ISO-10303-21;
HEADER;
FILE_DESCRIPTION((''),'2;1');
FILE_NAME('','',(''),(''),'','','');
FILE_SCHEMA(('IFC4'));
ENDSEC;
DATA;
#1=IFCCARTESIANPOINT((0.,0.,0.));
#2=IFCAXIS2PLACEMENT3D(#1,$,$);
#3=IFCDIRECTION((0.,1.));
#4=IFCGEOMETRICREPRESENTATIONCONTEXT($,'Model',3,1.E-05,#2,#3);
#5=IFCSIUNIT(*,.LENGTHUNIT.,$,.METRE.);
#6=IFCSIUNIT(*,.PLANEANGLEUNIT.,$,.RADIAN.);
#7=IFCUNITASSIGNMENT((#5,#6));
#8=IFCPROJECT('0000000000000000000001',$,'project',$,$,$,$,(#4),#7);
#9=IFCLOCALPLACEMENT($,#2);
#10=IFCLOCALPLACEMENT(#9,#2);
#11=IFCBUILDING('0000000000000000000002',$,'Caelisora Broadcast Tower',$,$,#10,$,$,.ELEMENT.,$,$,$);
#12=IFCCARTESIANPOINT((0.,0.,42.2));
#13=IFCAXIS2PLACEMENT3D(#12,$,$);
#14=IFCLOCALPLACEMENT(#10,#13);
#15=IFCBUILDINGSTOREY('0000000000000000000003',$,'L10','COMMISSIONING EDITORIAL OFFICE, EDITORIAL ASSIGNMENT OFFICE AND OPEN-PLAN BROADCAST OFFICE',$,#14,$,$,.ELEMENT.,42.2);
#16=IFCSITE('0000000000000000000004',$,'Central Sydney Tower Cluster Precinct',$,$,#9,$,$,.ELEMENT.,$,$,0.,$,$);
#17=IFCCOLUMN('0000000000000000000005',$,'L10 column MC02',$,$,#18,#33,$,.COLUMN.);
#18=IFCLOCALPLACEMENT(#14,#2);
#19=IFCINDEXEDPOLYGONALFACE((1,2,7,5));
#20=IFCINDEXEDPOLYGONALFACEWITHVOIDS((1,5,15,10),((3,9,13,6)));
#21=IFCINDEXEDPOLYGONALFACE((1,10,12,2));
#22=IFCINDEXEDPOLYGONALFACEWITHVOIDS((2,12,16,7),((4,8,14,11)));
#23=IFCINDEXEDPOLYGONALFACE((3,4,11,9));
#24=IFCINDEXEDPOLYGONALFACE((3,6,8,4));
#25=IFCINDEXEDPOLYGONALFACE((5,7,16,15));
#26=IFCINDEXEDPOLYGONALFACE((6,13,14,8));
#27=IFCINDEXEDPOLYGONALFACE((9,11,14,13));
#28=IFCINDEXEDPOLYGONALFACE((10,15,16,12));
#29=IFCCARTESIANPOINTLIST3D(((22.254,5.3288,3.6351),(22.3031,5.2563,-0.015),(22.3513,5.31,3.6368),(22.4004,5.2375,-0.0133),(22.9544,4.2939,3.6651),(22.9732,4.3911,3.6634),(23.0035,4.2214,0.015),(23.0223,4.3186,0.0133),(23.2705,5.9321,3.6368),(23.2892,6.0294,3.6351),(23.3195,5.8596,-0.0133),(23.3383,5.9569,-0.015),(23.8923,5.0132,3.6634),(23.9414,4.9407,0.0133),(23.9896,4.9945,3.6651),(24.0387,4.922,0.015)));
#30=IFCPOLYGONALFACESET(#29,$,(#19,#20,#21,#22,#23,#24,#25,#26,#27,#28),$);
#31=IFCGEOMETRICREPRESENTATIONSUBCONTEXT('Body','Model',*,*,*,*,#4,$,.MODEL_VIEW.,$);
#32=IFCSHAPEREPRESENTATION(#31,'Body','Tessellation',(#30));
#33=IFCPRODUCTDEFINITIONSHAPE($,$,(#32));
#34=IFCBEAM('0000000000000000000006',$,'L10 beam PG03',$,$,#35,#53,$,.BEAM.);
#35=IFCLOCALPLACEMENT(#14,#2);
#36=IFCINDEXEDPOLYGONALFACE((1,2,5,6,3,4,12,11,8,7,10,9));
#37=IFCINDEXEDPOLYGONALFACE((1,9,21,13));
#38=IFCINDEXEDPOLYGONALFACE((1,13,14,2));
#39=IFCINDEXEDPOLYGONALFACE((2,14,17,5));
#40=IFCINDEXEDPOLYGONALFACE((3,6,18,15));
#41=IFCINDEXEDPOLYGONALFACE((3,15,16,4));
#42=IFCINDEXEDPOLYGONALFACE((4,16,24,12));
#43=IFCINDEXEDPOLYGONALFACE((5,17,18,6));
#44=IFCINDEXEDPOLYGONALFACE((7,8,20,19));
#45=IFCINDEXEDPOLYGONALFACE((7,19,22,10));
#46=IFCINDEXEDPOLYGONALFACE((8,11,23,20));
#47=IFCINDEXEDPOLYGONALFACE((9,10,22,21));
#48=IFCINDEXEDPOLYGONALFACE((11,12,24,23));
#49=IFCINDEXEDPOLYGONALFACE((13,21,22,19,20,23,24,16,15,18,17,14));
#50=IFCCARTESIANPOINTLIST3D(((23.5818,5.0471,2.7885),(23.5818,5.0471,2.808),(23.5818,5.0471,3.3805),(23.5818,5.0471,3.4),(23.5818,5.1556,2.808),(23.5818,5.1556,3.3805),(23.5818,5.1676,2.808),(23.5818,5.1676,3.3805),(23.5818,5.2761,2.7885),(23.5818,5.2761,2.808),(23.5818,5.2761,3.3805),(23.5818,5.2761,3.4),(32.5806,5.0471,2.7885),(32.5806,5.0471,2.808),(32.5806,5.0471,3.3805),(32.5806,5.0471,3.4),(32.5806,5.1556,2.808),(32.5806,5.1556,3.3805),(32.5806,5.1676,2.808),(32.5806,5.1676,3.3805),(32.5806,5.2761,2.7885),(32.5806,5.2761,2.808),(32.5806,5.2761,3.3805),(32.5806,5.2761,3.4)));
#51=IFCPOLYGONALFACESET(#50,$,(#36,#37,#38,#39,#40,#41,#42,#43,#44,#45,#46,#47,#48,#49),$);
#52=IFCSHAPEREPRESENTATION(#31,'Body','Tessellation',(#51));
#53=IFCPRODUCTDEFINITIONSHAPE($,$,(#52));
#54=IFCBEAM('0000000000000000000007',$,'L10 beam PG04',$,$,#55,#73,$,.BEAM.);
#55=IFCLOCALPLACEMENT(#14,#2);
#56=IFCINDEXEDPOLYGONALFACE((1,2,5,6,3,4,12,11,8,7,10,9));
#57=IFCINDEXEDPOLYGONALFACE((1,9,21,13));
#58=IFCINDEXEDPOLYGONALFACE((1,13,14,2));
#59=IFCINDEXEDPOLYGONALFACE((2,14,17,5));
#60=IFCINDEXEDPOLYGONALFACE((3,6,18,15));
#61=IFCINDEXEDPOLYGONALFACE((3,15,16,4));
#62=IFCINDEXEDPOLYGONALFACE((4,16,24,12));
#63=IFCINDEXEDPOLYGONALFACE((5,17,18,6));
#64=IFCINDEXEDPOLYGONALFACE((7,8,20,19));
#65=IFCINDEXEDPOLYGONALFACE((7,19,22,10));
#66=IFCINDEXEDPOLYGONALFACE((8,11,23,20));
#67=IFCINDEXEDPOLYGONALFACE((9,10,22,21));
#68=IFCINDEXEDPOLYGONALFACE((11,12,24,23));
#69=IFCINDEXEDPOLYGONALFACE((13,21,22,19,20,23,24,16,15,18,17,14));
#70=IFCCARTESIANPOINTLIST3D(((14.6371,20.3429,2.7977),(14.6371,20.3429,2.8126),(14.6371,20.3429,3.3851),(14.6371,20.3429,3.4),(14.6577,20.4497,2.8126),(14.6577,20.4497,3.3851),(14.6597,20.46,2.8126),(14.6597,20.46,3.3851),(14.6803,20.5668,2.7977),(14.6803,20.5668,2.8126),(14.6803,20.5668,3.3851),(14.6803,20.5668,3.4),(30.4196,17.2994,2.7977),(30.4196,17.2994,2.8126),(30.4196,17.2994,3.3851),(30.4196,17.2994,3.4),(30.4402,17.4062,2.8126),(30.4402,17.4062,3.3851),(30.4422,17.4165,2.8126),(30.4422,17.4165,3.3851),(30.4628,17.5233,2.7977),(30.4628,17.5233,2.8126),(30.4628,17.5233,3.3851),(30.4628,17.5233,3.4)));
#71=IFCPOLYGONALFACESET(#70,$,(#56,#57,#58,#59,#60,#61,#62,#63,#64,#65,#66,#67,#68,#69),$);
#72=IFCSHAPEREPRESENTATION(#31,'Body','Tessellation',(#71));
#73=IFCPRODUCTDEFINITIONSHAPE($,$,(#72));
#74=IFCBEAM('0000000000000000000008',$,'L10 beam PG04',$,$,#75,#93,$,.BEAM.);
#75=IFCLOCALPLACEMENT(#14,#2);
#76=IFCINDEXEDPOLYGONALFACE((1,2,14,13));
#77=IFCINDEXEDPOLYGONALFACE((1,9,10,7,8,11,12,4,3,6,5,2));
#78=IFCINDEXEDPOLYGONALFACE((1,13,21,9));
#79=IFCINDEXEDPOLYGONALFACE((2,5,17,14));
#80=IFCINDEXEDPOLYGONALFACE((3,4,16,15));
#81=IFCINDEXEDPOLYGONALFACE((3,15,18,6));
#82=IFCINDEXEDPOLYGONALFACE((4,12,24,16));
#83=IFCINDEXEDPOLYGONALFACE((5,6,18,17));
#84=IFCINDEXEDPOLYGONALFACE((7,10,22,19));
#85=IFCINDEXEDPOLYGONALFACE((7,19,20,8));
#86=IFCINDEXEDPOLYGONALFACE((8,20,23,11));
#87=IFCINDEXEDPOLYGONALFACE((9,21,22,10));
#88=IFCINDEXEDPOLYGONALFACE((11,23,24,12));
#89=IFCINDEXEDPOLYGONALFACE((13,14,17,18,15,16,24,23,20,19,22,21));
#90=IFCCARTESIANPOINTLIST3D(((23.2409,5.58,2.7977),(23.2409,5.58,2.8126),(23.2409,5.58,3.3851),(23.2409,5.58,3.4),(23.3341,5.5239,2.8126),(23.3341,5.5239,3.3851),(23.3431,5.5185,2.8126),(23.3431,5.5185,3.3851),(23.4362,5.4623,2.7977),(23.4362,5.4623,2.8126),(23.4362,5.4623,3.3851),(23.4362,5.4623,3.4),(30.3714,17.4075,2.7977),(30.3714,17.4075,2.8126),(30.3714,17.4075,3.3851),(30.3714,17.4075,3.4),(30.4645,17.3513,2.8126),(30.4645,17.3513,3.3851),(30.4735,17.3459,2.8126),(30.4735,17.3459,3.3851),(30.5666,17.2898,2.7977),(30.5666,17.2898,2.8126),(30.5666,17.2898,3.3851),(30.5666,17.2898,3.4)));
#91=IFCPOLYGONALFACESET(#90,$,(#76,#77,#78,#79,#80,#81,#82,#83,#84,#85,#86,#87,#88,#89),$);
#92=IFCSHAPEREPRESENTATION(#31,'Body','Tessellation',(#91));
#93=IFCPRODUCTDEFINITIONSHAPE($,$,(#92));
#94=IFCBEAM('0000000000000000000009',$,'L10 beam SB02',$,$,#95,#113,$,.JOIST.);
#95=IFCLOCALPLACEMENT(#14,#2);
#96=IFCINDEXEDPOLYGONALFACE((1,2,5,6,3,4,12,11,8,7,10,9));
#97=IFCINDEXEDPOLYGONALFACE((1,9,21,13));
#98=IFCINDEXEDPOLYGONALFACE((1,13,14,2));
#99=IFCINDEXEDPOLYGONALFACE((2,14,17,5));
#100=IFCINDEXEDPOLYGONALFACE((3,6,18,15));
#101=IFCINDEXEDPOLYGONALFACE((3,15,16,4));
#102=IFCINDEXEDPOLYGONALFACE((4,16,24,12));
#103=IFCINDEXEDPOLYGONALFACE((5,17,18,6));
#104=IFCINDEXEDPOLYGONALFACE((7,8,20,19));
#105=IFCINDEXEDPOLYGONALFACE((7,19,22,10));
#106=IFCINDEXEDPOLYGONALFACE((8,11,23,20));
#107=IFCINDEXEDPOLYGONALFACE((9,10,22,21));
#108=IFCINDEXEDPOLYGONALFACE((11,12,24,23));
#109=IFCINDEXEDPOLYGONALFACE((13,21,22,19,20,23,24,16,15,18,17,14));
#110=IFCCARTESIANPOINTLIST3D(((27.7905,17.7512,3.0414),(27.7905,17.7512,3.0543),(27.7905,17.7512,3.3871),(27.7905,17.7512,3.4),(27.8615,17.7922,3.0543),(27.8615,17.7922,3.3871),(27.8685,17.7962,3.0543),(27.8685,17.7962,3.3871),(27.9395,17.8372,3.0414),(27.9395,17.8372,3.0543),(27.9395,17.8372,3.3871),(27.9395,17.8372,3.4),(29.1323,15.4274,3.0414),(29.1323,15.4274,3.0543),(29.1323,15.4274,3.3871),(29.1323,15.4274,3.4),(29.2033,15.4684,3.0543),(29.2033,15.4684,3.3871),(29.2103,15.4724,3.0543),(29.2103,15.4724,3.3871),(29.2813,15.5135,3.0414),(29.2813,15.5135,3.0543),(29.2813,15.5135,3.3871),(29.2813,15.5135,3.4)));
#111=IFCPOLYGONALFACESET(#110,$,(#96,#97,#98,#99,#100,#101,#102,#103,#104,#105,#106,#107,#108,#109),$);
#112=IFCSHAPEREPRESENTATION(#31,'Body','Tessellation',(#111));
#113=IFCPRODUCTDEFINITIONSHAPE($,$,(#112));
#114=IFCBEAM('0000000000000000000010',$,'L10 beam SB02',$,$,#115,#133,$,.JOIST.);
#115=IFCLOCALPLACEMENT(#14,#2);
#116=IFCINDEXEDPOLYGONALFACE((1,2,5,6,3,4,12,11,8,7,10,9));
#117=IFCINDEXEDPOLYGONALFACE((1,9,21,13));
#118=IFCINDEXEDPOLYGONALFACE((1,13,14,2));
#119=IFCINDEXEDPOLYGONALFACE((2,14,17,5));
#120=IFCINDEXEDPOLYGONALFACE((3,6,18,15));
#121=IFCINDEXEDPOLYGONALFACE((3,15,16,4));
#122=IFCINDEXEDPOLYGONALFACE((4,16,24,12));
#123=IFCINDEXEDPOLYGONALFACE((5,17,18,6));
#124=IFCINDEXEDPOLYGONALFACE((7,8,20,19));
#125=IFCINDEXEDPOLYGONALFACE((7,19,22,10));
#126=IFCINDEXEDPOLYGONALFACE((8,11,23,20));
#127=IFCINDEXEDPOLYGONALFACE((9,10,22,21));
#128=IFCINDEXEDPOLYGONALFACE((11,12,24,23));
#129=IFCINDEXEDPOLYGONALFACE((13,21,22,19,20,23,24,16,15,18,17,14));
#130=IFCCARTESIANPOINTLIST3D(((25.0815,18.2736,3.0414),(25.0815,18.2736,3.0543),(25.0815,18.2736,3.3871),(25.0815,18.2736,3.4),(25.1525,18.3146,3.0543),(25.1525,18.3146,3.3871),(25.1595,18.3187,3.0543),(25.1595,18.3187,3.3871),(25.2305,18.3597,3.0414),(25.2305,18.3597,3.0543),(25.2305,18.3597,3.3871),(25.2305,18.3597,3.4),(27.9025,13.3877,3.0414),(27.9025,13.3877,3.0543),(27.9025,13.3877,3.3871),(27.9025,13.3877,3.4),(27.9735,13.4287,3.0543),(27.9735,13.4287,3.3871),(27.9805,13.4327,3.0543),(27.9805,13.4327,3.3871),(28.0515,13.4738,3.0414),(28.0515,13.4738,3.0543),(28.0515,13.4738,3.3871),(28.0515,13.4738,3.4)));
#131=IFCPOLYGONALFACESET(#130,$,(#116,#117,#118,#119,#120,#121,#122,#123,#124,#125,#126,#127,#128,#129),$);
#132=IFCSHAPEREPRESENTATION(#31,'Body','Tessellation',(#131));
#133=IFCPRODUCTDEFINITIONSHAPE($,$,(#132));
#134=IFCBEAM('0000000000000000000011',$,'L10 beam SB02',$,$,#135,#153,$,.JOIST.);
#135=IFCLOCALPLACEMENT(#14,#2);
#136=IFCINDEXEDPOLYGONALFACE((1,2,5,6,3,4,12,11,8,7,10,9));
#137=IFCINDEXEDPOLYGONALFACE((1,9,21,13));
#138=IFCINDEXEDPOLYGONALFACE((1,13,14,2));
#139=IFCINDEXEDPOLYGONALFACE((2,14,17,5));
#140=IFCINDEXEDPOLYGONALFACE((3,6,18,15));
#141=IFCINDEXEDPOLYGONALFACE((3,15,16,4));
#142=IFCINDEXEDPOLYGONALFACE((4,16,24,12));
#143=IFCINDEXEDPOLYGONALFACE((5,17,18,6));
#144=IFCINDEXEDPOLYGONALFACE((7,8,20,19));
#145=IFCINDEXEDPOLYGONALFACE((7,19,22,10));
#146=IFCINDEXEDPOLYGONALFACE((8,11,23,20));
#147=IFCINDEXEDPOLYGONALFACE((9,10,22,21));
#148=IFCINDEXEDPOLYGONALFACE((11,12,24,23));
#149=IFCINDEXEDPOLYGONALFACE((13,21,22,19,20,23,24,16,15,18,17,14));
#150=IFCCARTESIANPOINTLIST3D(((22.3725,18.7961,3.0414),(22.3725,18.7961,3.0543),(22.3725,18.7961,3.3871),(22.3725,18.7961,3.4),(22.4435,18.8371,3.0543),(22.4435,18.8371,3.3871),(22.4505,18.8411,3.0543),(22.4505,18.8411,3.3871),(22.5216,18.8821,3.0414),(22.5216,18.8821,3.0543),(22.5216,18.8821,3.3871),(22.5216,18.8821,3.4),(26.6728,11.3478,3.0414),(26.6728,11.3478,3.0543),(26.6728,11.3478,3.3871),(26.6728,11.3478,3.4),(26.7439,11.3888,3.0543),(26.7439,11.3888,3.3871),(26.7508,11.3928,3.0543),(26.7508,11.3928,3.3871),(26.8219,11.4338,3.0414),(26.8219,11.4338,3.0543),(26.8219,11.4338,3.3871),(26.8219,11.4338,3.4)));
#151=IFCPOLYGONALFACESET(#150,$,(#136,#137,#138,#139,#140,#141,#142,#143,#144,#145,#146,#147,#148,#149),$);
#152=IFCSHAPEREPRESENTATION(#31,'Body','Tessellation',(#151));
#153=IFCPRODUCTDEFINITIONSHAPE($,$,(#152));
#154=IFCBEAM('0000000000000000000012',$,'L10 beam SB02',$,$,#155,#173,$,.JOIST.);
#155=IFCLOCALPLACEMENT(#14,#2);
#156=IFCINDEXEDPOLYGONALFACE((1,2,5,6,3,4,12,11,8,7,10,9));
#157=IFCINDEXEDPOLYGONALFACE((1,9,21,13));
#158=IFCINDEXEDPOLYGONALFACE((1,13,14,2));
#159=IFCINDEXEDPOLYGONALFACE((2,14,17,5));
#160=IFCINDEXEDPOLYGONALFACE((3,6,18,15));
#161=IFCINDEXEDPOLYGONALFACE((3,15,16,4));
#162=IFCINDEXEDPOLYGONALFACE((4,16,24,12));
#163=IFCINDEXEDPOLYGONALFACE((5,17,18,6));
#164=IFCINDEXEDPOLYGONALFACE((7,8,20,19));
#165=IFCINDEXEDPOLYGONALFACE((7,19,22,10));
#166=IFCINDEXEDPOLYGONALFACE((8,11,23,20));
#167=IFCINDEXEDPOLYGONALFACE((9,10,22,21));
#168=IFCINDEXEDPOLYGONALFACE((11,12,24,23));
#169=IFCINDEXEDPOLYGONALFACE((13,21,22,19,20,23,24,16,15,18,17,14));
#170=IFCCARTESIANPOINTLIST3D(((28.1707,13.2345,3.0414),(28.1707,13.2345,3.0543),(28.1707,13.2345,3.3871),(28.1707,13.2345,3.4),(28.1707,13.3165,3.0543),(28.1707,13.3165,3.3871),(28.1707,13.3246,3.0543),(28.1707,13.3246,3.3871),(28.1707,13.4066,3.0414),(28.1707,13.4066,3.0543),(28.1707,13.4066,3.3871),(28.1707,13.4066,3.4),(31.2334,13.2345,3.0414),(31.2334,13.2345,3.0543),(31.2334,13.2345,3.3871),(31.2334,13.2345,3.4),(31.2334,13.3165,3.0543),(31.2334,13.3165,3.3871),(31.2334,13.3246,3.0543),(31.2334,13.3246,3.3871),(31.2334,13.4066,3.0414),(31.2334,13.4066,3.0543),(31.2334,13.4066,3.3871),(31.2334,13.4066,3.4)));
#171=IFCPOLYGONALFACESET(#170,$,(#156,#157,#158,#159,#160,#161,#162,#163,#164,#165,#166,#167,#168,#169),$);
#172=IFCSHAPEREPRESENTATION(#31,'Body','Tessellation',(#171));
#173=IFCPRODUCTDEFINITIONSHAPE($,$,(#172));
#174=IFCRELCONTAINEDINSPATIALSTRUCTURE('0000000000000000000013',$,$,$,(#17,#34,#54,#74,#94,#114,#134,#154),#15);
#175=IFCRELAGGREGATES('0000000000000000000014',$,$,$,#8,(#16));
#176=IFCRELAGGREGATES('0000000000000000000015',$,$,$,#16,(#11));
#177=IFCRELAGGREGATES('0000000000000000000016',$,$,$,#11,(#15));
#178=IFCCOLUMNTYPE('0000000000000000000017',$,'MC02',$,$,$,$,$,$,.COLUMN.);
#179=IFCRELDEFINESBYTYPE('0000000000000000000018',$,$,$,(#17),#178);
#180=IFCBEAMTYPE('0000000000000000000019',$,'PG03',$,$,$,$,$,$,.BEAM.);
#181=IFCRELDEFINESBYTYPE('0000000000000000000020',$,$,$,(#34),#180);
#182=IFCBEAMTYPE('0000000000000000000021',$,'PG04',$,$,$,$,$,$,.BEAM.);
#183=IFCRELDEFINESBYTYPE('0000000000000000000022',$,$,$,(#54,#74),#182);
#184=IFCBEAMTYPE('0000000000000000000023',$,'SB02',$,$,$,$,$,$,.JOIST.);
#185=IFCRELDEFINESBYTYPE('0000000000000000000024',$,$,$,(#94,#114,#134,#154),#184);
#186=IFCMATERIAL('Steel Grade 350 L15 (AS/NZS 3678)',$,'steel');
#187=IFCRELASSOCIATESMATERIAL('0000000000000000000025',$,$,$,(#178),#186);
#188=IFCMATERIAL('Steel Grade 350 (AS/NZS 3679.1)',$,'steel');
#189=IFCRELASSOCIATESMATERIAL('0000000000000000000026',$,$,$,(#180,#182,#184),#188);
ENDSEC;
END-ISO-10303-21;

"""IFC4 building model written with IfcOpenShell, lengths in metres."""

from ifc_helpers import new_model, si_unit, direction, frame, origin, origin_2d, place, context, subcontext, project, spatial, hollow_rectangle, i_section, extrude, source, transform, mapped, material, material_profile, profile_set, type_object, type_shapes, element, save


model = new_model("IFC4")

# Units and contexts
model_context = context("Model", 3, precision=1e-05, world=origin(), true_north=direction((0.0, 1.0)))
body_context = subcontext(model_context, "Body", "Model", "MODEL_VIEW")
ifc_project = project(units=[si_unit("LENGTHUNIT", "METRE"), si_unit("PLANEANGLEUNIT", "RADIAN")], contexts=[model_context])

# Site, building, storey
site_placement = place(None, origin())
site = spatial("IfcSite", under=ifc_project, at=site_placement, Name="Central Sydney Tower Cluster Precinct", CompositionType="ELEMENT", RefElevation=0.0)
building_placement = place(site_placement, origin())
building = spatial("IfcBuilding", under=site, at=building_placement, Name="Caelisora Broadcast Tower", CompositionType="ELEMENT")
storey_placement = place(building_placement, frame((0.0, 0.0, 42.2)))
storey = spatial("IfcBuildingStorey", under=building, at=storey_placement, Name="L10", Description="COMMISSIONING EDITORIAL OFFICE, EDITORIAL ASSIGNMENT OFFICE AND OPEN-PLAN BROADCAST OFFICE", CompositionType="ELEMENT", Elevation=42.2)

# Column
ifc_material_1 = material(Name="Steel Grade 350 L15 (AS/NZS 3678)", Category="steel")
ifc_material_profile_1 = material_profile(ifc_material_1, hollow_rectangle(XDim=1.25, YDim=1.25, WallThickness=0.0701, at=origin_2d()), Name="Steel Grade 350 L15 (AS/NZS 3678)")
ifc_profile_set_1 = profile_set([ifc_material_profile_1], Name="Steel Grade 350 L15 (AS/NZS 3678)")
column_type = type_object("IfcColumnType", Name="MC02", PredefinedType="COLUMN", material=ifc_profile_set_1)
shared_shape_1 = source(origin(), body_context, "Body", "SweptSolid", [
    extrude(hollow_rectangle(XDim=1.25, YDim=1.25, WallThickness=0.0701, at=origin_2d()), origin(), (0.0, 0.0, 1.0), 3.6511),
])
type_shapes(column_type, [shared_shape_1])
column_placement = place(storey_placement, frame((23.1709, 5.0891, 0.0), z_axis=(-0.01344, 0.019859, 0.999712), x_axis=(-0.828169, -0.560478, 0.0)))
element("IfcColumn", 1, at=column_placement, inside=storey, type_object=column_type, Name="L10 column MC02", PredefinedType="COLUMN", context=body_context, shape_type="MappedRepresentation", body=[
    mapped(shared_shape_1, transform((0.0, 0.0, 0.0), scale=1.0)),
])

# Beams
ifc_material_2 = material(Name="Steel Grade 350 (AS/NZS 3679.1)", Category="steel")
ifc_material_profile_2 = material_profile(ifc_material_2, i_section(OverallWidth=0.229, OverallDepth=0.6116, WebThickness=0.012, FlangeThickness=0.0195, at=origin_2d()), Name="Steel Grade 350 (AS/NZS 3679.1)")
ifc_profile_set_2 = profile_set([ifc_material_profile_2], Name="Steel Grade 350 (AS/NZS 3679.1)")
beam_type_1 = type_object("IfcBeamType", Name="PG03", PredefinedType="BEAM", material=ifc_profile_set_2)
shared_shape_2 = source(origin(), body_context, "Body", "SweptSolid", [
    extrude(i_section(OverallWidth=0.229, OverallDepth=0.6116, WebThickness=0.012, FlangeThickness=0.0195, at=origin_2d()), origin(), (0.0, 0.0, 1.0), 8.9988),
])
type_shapes(beam_type_1, [shared_shape_2])
beam_1_placement = place(storey_placement, frame((23.5818, 5.1616, 3.0942), z_axis=(1.0, 0.0, 0.0), x_axis=(0.0, 1.0, 0.0)))
element("IfcBeam", 2, at=beam_1_placement, inside=storey, type_object=beam_type_1, Name="L10 beam PG03", PredefinedType="BEAM", context=body_context, shape_type="MappedRepresentation", body=[
    mapped(shared_shape_2, transform((0.0, 0.0, 0.0), scale=1.0)),
])
ifc_material_profile_3 = material_profile(ifc_material_2, i_section(OverallWidth=0.228, OverallDepth=0.6023, WebThickness=0.0105, FlangeThickness=0.0149, at=origin_2d()), Name="Steel Grade 350 (AS/NZS 3679.1)")
ifc_profile_set_3 = profile_set([ifc_material_profile_3], Name="Steel Grade 350 (AS/NZS 3679.1)")
beam_type_2 = type_object("IfcBeamType", Name="PG04", PredefinedType="BEAM", material=ifc_profile_set_3)
shared_shape_3 = source(origin(), body_context, "Body", "SweptSolid", [
    extrude(i_section(OverallWidth=0.228, OverallDepth=0.6023, WebThickness=0.0105, FlangeThickness=0.0149, at=origin_2d()), origin(), (0.0, 0.0, 1.0), 16.0732),
])
beam_2_placement = place(storey_placement, frame((30.4412, 17.4114, 3.0989), z_axis=(-0.98191, 0.189349, 0.0), x_axis=(-0.189349, -0.98191, 0.0)))
element("IfcBeam", 3, at=beam_2_placement, inside=storey, type_object=beam_type_2, Name="L10 beam PG04", PredefinedType="BEAM", context=body_context, shape_type="MappedRepresentation", body=[
    mapped(shared_shape_3, transform((0.0, 0.0, 0.0), scale=1.0)),
])
shared_shape_4 = source(origin(), body_context, "Body", "SweptSolid", [
    extrude(i_section(OverallWidth=0.228, OverallDepth=0.6023, WebThickness=0.0105, FlangeThickness=0.0149, at=origin_2d()), origin(), (0.0, 0.0, 1.0), 13.8105),
])
type_shapes(beam_type_2, [shared_shape_3, shared_shape_4])
beam_3_placement = place(storey_placement, frame((30.469, 17.3486, 3.0989), z_axis=(-0.516301, -0.856407, 0.0), x_axis=(0.856407, -0.516301, 0.0)))
element("IfcBeam", 4, at=beam_3_placement, inside=storey, type_object=beam_type_2, Name="L10 beam PG04", PredefinedType="BEAM", context=body_context, shape_type="MappedRepresentation", body=[
    mapped(shared_shape_4, transform((0.0, 0.0, 0.0), scale=1.0)),
])
ifc_material_profile_4 = material_profile(ifc_material_2, i_section(OverallWidth=0.1721, OverallDepth=0.3586, WebThickness=0.0081, FlangeThickness=0.0129, at=origin_2d()), Name="Steel Grade 350 (AS/NZS 3679.1)")
ifc_profile_set_4 = profile_set([ifc_material_profile_4], Name="Steel Grade 350 (AS/NZS 3679.1)")
beam_type_3 = type_object("IfcBeamType", Name="SB02", PredefinedType="JOIST", material=ifc_profile_set_4)
shared_shape_5 = source(origin(), body_context, "Body", "SweptSolid", [
    extrude(i_section(OverallWidth=0.1721, OverallDepth=0.3586, WebThickness=0.0081, FlangeThickness=0.0129, at=origin_2d()), origin(), (0.0, 0.0, 1.0), 2.6833),
])
beam_4_placement = place(storey_placement, frame((27.865, 17.7942, 3.2207), z_axis=(0.500053, -0.865995, 0.0), x_axis=(0.865995, 0.500053, 0.0)))
element("IfcBeam", 5, at=beam_4_placement, inside=storey, type_object=beam_type_3, Name="L10 beam SB02", PredefinedType="JOIST", context=body_context, shape_type="MappedRepresentation", body=[
    mapped(shared_shape_5, transform((0.0, 0.0, 0.0), scale=1.0)),
])
shared_shape_6 = source(origin(), body_context, "Body", "SweptSolid", [
    extrude(i_section(OverallWidth=0.1721, OverallDepth=0.3586, WebThickness=0.0081, FlangeThickness=0.0129, at=origin_2d()), origin(), (0.0, 0.0, 1.0), 5.6418),
])
beam_5_placement = place(storey_placement, frame((25.156, 18.3167, 3.2207), z_axis=(0.500016, -0.866016, 0.0), x_axis=(0.866016, 0.500016, 0.0)))
element("IfcBeam", 6, at=beam_5_placement, inside=storey, type_object=beam_type_3, Name="L10 beam SB02", PredefinedType="JOIST", context=body_context, shape_type="MappedRepresentation", body=[
    mapped(shared_shape_6, transform((0.0, 0.0, 0.0), scale=1.0)),
])
shared_shape_7 = source(origin(), body_context, "Body", "SweptSolid", [
    extrude(i_section(OverallWidth=0.1721, OverallDepth=0.3586, WebThickness=0.0081, FlangeThickness=0.0129, at=origin_2d()), origin(), (0.0, 0.0, 1.0), 8.6006),
])
beam_6_placement = place(storey_placement, frame((22.447, 18.8391, 3.2207), z_axis=(0.500004, -0.866023, 0.0), x_axis=(0.866023, 0.500004, 0.0)))
element("IfcBeam", 7, at=beam_6_placement, inside=storey, type_object=beam_type_3, Name="L10 beam SB02", PredefinedType="JOIST", context=body_context, shape_type="MappedRepresentation", body=[
    mapped(shared_shape_7, transform((0.0, 0.0, 0.0), scale=1.0)),
])
shared_shape_8 = source(origin(), body_context, "Body", "SweptSolid", [
    extrude(i_section(OverallWidth=0.1721, OverallDepth=0.3586, WebThickness=0.0081, FlangeThickness=0.0129, at=origin_2d()), origin(), (0.0, 0.0, 1.0), 3.0627),
])
beam_7_placement = place(storey_placement, frame((28.1707, 13.3206, 3.2207), z_axis=(1.0, 0.0, 0.0), x_axis=(0.0, 1.0, 0.0)))
element("IfcBeam", 8, at=beam_7_placement, inside=storey, type_object=beam_type_3, Name="L10 beam SB02", PredefinedType="JOIST", context=body_context, shape_type="MappedRepresentation", body=[
    mapped(shared_shape_8, transform((0.0, 0.0, 0.0), scale=1.0)),
])

save(model, "model.ifc")
